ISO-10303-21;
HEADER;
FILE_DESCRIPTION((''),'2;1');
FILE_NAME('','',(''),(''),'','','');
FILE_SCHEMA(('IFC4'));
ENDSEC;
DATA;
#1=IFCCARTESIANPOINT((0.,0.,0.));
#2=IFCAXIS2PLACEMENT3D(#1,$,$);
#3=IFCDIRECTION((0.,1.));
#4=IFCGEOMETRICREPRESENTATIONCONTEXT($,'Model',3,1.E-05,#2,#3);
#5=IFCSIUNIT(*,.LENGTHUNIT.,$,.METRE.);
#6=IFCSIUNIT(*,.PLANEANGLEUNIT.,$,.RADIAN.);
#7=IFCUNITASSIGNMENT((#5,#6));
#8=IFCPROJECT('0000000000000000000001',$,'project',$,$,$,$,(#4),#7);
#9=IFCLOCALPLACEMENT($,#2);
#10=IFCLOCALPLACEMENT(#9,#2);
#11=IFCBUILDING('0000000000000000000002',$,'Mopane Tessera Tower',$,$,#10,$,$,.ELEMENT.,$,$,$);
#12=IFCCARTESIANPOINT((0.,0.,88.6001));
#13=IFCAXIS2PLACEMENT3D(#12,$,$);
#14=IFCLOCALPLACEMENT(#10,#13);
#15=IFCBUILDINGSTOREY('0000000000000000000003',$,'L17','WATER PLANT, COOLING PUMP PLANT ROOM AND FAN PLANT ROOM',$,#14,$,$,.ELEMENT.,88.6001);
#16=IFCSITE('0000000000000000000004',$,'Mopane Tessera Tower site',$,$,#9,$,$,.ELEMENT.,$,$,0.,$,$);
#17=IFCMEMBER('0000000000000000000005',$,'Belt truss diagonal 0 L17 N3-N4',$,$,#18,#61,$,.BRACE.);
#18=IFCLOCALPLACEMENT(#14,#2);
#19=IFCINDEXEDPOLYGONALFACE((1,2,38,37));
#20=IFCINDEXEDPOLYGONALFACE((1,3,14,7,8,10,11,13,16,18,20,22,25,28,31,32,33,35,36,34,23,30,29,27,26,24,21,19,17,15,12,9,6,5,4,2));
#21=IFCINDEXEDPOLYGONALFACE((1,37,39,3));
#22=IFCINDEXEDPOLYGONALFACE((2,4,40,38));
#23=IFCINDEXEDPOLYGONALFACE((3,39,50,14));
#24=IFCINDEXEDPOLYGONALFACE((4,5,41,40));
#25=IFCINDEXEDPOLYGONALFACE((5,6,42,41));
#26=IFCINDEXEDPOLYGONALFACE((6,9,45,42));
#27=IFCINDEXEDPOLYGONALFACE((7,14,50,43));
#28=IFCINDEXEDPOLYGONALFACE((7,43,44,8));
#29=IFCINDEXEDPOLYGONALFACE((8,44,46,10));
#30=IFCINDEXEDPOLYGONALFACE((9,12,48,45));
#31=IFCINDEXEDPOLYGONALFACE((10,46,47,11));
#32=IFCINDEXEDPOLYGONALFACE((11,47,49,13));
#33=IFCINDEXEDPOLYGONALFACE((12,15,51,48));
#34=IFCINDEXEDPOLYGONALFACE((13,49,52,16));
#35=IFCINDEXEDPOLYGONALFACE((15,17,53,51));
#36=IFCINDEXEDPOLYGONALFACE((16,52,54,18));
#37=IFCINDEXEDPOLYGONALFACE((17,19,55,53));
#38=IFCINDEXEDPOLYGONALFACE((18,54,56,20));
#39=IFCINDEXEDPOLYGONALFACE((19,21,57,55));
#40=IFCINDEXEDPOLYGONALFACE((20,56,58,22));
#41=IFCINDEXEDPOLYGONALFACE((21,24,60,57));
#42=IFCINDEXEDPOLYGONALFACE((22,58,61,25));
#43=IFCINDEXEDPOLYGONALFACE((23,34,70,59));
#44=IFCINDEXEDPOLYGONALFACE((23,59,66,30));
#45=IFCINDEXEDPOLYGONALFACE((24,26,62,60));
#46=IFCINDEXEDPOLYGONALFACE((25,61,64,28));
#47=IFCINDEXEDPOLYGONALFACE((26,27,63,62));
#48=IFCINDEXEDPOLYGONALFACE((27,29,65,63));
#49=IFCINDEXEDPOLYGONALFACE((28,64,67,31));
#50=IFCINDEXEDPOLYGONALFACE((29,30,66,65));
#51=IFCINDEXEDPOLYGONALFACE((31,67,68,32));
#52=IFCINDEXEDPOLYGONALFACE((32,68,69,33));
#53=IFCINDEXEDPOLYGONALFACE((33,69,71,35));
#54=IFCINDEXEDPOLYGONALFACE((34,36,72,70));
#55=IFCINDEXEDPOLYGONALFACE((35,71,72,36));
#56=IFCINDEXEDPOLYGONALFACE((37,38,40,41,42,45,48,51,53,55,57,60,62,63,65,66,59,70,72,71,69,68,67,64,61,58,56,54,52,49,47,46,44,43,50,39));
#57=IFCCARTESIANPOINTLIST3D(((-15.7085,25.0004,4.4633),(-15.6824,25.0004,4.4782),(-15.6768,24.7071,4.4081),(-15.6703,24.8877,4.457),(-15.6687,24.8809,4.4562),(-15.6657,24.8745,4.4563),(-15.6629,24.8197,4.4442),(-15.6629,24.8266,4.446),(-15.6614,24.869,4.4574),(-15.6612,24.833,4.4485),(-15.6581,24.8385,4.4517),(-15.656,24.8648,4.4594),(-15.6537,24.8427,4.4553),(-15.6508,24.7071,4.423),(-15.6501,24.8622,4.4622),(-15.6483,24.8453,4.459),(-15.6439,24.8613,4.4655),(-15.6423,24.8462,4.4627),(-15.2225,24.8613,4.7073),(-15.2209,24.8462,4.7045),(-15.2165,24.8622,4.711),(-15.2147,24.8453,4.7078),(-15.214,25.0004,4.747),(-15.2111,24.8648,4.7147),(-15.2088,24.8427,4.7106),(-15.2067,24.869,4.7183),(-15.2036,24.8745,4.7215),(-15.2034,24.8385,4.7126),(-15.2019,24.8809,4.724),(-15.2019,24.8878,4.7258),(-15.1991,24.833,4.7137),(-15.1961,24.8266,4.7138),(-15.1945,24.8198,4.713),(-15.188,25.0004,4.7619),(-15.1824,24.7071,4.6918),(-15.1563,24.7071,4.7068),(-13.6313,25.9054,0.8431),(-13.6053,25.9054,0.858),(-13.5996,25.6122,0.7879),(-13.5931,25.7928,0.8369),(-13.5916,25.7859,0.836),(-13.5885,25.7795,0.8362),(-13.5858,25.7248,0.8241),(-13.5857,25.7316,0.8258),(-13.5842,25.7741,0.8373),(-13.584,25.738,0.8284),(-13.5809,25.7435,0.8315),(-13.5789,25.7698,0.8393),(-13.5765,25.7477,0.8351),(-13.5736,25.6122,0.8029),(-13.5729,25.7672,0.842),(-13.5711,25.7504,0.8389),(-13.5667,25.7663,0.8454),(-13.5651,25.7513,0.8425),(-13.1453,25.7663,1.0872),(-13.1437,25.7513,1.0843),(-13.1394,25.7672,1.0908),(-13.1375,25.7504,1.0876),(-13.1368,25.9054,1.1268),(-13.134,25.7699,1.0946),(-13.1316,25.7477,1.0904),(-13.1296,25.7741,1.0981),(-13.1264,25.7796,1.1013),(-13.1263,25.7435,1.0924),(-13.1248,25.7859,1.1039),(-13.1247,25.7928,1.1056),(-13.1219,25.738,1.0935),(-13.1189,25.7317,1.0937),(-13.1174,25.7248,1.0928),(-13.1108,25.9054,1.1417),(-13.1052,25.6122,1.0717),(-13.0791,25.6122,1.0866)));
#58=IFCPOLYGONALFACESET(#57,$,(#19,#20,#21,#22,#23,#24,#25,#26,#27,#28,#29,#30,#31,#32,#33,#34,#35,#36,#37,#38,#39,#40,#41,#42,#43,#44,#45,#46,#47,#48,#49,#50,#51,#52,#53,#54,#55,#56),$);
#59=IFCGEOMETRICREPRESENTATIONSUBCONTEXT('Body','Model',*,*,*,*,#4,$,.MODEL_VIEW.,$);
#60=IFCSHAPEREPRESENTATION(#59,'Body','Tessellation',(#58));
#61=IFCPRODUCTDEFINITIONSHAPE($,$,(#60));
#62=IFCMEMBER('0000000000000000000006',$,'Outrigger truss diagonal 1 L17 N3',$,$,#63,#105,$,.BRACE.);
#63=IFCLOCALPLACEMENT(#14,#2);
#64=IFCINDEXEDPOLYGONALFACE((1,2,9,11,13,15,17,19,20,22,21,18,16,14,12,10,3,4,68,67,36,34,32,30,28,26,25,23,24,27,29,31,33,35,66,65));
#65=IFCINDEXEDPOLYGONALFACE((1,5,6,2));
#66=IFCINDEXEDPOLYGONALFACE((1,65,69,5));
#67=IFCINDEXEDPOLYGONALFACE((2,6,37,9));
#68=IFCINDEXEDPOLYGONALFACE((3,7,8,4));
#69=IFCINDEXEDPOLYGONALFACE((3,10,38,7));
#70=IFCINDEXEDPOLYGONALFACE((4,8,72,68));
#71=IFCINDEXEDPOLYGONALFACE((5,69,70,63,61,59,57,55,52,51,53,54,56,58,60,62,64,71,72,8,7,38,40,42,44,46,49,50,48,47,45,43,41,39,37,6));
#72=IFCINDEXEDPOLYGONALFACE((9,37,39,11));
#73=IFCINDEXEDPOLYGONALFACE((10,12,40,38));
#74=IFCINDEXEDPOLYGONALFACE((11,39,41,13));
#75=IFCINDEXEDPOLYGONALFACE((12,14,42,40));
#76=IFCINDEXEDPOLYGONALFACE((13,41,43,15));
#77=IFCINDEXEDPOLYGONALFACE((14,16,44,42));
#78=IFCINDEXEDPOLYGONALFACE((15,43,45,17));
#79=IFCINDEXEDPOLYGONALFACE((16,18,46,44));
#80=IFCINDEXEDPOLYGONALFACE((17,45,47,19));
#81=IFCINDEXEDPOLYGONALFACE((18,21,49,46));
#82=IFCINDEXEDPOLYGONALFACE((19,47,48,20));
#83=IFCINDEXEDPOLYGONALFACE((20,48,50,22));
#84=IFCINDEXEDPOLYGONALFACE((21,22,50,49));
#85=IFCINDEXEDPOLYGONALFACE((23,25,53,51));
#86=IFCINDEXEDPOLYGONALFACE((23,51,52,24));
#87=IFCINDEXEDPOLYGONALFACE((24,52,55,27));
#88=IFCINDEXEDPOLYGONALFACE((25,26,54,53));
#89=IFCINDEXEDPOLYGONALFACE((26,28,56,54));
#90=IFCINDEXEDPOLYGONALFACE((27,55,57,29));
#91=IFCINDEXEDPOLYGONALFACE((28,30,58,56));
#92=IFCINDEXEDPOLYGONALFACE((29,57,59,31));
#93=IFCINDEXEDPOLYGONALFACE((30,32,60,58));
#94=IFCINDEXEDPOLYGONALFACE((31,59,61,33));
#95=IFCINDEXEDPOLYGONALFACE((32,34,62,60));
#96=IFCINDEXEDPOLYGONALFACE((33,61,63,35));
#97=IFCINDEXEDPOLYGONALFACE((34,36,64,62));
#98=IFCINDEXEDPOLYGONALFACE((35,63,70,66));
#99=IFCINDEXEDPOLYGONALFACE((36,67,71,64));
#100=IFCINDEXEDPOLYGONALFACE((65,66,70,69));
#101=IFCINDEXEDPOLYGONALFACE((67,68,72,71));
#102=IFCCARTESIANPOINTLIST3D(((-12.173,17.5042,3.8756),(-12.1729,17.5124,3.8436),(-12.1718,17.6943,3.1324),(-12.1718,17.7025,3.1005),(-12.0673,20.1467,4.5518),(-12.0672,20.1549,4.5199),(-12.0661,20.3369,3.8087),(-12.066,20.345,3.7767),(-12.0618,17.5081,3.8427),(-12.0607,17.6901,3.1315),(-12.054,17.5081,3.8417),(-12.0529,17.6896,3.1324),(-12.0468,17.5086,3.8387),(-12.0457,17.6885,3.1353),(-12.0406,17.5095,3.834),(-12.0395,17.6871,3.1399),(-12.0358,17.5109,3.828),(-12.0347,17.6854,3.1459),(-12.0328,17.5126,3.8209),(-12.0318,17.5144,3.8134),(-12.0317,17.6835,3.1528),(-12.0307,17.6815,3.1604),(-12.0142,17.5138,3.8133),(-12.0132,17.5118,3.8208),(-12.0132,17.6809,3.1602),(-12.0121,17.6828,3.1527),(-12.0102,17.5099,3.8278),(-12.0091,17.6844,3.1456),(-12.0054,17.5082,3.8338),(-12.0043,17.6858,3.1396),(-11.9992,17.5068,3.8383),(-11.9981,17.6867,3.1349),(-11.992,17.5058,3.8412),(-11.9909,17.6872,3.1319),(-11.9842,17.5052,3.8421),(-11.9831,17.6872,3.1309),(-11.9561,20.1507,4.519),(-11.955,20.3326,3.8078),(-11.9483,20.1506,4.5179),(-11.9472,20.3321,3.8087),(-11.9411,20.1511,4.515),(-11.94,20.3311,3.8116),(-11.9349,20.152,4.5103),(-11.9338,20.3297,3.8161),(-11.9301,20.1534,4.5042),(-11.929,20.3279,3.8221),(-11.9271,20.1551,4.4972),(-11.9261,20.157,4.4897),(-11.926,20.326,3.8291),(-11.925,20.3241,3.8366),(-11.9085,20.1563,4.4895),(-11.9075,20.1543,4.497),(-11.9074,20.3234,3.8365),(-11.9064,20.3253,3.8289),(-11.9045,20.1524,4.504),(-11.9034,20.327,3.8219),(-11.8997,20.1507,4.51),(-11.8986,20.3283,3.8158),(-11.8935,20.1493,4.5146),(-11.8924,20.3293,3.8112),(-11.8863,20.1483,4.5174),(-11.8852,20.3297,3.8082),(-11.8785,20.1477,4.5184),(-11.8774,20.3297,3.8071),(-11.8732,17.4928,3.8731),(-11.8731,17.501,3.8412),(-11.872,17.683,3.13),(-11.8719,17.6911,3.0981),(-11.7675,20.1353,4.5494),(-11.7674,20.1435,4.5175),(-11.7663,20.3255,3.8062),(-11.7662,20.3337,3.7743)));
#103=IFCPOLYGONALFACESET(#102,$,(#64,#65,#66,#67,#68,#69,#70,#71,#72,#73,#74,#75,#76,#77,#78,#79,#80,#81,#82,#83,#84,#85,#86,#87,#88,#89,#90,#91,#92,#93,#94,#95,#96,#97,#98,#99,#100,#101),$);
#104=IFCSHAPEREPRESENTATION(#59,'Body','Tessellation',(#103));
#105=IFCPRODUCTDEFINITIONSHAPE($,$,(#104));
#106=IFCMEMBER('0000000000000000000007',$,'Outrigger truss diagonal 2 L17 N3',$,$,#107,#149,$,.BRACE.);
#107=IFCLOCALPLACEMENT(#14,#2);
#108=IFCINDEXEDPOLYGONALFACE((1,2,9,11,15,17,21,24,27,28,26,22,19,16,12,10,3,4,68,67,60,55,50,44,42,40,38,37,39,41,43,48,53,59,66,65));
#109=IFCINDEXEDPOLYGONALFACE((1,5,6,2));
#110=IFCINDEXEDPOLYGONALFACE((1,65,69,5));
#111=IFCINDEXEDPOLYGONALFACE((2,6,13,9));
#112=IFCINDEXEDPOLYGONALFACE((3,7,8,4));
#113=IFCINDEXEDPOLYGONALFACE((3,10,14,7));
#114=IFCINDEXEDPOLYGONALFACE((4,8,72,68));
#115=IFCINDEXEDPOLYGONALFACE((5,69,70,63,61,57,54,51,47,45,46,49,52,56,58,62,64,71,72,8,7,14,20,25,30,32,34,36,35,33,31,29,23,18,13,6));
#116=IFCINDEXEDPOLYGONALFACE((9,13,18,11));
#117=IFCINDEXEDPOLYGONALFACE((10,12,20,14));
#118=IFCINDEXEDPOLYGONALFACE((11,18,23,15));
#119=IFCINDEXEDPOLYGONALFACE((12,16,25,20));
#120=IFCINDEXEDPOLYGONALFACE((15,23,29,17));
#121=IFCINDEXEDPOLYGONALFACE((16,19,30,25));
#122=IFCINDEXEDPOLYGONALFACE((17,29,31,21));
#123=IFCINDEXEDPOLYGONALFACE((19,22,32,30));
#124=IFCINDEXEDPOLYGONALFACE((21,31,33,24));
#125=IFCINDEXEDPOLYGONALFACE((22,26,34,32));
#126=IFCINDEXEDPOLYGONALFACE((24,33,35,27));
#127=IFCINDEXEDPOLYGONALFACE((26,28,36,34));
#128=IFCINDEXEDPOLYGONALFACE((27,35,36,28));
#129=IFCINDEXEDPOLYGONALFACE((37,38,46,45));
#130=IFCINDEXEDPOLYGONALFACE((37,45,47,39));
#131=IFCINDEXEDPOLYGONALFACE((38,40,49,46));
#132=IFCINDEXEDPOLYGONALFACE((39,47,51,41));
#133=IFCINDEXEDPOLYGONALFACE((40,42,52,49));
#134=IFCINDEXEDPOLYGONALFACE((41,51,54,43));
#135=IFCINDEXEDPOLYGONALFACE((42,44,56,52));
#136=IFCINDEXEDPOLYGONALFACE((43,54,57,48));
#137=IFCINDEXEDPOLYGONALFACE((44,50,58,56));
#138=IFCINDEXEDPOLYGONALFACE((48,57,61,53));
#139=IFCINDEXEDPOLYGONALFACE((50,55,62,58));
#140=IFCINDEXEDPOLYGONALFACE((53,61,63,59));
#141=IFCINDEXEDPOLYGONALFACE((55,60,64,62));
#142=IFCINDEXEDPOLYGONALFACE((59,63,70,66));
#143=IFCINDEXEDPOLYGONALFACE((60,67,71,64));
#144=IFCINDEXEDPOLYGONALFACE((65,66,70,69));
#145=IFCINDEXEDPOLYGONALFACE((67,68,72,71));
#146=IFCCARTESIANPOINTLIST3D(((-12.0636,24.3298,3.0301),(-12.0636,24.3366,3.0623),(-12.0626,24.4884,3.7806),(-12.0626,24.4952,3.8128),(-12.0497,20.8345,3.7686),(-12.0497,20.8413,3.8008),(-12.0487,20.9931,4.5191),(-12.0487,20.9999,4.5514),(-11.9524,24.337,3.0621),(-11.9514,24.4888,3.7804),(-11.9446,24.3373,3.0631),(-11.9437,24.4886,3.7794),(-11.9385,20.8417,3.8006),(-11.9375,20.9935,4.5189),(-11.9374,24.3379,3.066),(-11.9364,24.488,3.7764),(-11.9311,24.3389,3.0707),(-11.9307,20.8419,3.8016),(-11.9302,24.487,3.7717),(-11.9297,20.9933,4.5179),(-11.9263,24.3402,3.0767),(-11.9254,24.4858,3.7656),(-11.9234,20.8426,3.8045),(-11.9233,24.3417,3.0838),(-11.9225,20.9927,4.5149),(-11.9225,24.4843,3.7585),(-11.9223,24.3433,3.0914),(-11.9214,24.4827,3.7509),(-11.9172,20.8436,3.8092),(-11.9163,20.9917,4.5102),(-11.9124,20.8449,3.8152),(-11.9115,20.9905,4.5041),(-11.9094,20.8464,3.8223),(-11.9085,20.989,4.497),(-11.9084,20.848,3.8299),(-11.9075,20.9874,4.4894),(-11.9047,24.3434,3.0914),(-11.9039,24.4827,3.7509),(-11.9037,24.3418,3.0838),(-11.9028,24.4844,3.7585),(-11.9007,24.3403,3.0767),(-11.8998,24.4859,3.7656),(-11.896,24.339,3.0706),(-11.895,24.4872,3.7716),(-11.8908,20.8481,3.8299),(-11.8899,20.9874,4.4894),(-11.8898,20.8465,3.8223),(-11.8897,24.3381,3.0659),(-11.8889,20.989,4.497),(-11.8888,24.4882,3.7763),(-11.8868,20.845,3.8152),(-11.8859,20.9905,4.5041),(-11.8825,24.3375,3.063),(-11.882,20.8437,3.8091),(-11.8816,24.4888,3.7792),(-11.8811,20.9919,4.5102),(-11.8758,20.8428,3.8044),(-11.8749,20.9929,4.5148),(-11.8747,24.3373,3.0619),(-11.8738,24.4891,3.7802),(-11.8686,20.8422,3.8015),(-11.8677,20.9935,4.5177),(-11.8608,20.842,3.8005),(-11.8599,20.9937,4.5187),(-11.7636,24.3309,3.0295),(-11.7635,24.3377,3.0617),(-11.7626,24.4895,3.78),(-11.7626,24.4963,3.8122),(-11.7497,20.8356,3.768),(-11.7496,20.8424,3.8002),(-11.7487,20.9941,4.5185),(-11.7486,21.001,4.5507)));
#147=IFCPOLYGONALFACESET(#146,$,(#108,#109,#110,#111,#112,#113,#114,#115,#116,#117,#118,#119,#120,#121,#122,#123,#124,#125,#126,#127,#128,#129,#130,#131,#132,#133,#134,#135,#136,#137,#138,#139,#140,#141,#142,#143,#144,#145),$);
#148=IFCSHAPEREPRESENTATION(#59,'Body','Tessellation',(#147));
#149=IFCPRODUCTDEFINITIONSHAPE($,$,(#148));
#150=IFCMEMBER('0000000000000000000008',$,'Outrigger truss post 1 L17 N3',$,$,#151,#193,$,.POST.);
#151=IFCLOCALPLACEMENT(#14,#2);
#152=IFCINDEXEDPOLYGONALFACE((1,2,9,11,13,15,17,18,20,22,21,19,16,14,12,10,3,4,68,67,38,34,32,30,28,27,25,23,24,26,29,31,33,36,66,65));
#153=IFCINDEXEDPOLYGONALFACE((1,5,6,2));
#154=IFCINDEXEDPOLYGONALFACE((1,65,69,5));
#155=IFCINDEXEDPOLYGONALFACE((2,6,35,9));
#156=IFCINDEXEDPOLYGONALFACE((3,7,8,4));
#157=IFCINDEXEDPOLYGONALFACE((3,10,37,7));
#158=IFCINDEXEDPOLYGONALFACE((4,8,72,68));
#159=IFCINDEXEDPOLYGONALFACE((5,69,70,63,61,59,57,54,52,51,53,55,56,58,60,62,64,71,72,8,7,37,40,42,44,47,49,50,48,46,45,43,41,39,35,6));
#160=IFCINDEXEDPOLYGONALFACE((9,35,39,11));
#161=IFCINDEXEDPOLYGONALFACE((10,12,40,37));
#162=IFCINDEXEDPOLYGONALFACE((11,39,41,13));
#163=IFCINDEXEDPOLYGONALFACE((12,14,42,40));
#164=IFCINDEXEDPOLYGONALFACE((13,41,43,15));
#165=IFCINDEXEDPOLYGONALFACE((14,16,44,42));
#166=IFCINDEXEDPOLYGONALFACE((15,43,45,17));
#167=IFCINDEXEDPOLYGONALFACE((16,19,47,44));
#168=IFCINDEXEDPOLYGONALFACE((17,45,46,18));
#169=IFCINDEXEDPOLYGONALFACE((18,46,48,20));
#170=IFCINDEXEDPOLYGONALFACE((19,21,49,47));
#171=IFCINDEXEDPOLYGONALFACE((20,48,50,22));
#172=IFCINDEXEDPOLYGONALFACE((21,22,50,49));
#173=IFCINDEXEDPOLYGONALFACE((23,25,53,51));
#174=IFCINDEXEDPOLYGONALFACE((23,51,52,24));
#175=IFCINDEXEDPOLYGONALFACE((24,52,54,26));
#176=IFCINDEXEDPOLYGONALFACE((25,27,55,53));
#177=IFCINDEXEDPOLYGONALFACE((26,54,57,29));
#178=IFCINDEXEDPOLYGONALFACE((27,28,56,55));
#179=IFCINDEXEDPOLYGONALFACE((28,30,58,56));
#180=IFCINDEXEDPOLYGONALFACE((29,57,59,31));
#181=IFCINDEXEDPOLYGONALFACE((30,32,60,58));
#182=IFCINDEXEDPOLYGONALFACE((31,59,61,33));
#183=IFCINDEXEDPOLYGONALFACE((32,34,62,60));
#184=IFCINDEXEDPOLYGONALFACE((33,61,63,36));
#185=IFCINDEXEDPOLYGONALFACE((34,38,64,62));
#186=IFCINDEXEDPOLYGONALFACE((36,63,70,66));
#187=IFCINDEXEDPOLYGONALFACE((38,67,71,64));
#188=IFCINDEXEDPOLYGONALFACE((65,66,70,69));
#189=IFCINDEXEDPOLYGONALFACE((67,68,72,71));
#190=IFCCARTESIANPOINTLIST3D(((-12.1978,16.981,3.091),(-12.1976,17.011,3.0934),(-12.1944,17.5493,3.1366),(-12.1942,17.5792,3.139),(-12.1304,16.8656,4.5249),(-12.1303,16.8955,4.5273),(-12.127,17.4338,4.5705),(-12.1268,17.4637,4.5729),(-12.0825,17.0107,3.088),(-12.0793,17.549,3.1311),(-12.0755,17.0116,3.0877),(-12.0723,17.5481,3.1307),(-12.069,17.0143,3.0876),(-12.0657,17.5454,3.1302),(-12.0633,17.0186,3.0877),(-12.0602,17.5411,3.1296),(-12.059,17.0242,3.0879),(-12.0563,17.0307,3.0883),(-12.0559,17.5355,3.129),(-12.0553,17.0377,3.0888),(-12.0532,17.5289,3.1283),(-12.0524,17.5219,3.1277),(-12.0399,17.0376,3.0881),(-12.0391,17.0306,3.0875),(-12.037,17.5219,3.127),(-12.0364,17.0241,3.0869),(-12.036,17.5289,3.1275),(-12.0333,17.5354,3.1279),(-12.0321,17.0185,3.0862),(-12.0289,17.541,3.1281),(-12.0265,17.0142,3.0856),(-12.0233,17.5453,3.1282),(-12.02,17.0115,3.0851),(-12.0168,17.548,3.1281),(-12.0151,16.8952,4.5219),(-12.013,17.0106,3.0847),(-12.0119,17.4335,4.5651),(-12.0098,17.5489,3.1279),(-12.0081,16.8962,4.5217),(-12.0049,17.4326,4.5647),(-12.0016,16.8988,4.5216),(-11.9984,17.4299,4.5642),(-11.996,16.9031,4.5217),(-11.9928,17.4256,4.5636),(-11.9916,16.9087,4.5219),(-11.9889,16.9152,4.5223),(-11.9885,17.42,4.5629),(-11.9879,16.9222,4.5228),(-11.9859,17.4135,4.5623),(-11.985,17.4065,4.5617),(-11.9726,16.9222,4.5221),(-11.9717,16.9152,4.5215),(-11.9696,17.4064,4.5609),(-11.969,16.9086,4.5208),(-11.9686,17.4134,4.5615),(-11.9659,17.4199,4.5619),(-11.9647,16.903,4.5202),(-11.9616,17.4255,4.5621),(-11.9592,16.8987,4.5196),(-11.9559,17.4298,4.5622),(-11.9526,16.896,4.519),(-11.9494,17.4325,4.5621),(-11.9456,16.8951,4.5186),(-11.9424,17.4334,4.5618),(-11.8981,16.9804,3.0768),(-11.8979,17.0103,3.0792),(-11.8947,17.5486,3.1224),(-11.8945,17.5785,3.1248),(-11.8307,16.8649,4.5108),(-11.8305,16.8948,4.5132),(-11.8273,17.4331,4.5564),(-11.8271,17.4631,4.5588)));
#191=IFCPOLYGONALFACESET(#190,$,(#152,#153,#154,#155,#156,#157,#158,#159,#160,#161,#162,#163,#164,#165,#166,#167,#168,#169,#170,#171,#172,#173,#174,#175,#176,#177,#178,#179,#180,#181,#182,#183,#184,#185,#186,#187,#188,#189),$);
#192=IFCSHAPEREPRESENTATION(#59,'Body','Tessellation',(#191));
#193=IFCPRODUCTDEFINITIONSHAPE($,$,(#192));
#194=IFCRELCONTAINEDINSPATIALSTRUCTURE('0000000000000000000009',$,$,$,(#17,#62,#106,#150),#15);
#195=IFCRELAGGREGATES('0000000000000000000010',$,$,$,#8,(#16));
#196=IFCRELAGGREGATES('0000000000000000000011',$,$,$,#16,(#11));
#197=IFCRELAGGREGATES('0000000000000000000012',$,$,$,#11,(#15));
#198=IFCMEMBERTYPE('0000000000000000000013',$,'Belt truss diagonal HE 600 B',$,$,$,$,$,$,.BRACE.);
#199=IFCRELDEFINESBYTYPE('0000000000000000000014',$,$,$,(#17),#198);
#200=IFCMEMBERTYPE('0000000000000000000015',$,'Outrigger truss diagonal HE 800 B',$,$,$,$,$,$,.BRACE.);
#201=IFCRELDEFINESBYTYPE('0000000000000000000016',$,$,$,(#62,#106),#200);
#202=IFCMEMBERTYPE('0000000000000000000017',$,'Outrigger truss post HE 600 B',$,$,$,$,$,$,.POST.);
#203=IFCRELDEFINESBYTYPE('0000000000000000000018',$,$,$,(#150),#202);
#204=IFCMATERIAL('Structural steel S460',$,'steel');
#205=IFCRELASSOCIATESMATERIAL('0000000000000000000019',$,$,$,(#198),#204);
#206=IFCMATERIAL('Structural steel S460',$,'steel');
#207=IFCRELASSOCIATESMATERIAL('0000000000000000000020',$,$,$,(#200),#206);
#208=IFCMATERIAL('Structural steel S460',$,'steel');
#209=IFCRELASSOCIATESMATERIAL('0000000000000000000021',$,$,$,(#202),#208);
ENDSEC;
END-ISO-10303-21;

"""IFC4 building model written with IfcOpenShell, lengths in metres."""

from ifc_helpers import new_model, si_unit, direction, frame, origin, origin_2d, place, context, subcontext, project, spatial, i_section, extrude, material, material_profile, profile_set, type_object, element, save


model = new_model("IFC4")

# Units and contexts
model_context = context("Model", 3, precision=1e-05, world=origin(), true_north=direction((0.0, 1.0)))
body_context = subcontext(model_context, "Body", "Model", "MODEL_VIEW")
ifc_project = project(units=[si_unit("LENGTHUNIT", "METRE"), si_unit("PLANEANGLEUNIT", "RADIAN")], contexts=[model_context])

# Site, building, storey
site_placement = place(None, origin())
site = spatial("IfcSite", under=ifc_project, at=site_placement, Name="Mopane Tessera Tower site", CompositionType="ELEMENT", RefElevation=0.0)
building_placement = place(site_placement, origin())
building = spatial("IfcBuilding", under=site, at=building_placement, Name="Mopane Tessera Tower", CompositionType="ELEMENT")
storey_placement = place(building_placement, frame((0.0, 0.0, 88.6001)))
storey = spatial("IfcBuildingStorey", under=building, at=storey_placement, Name="L17", Description="WATER PLANT, COOLING PUMP PLANT ROOM AND FAN PLANT ROOM", CompositionType="ELEMENT", Elevation=88.6001)

# Members
ifc_material_1 = material(Name="Structural steel S460", Category="steel")
ifc_material_profile_1 = material_profile(ifc_material_1, i_section(OverallWidth=0.3, OverallDepth=0.6001, WebThickness=0.0154, FlangeThickness=0.03, FilletRadius=0.0271, at=origin_2d()))
ifc_profile_set_1 = profile_set([ifc_material_profile_1], Name="Structural steel S460")
member_type_1 = type_object("IfcMemberType", Name="Belt truss diagonal HE 600 B", PredefinedType="BRACE", material=ifc_profile_set_1)
member_1_placement = place(storey_placement, frame((-13.3552, 25.7588, 0.9648), z_axis=(-0.486372, -0.211916, 0.847664), x_axis=(0.105492, -0.977288, -0.183793)))
element("IfcMember", 1, at=member_1_placement, inside=storey, type_object=member_type_1, Name="Belt truss diagonal 0 L17 N3-N4", PredefinedType="BRACE", context=body_context, shape_type="SweptSolid", body=[
    extrude(i_section(OverallWidth=0.3, OverallDepth=0.6001, WebThickness=0.0154, FlangeThickness=0.03, FilletRadius=0.0271, at=origin_2d()), origin(), (0.0, 0.0, 1.0), 4.2708),
])
ifc_material_2 = material(Name="Structural steel S460", Category="steel")
ifc_material_profile_2 = material_profile(ifc_material_2, i_section(OverallWidth=0.3, OverallDepth=0.8, WebThickness=0.0176, FlangeThickness=0.033, FilletRadius=0.03, at=origin_2d()))
ifc_profile_set_2 = profile_set([ifc_material_profile_2], Name="Structural steel S460")
member_type_2 = type_object("IfcMemberType", Name="Outrigger truss diagonal HE 800 B", PredefinedType="BRACE", material=ifc_profile_set_2)
member_2_placement = place(storey_placement, frame((-12.0225, 17.5977, 3.4868), z_axis=(0.038726, 0.968053, 0.247737), x_axis=(-0.999249, 0.037899, 0.008108)))
element("IfcMember", 2, at=member_2_placement, inside=storey, type_object=member_type_2, Name="Outrigger truss diagonal 1 L17 N3", PredefinedType="BRACE", context=body_context, shape_type="SweptSolid", body=[
    extrude(i_section(OverallWidth=0.3, OverallDepth=0.8, WebThickness=0.0176, FlangeThickness=0.033, FilletRadius=0.03, at=origin_2d()), origin(), (0.0, 0.0, 1.0), 2.7297),
])
member_3_placement = place(storey_placement, frame((-11.8992, 20.9177, 4.1597), z_axis=(-0.003895, 0.978392, -0.206722), x_axis=(-0.999992, -0.003547, 0.002057)))
element("IfcMember", 3, at=member_3_placement, inside=storey, type_object=member_type_2, Name="Outrigger truss diagonal 2 L17 N3", PredefinedType="BRACE", context=body_context, shape_type="SweptSolid", body=[
    extrude(i_section(OverallWidth=0.3, OverallDepth=0.8, WebThickness=0.0176, FlangeThickness=0.033, FilletRadius=0.03, at=origin_2d()), origin(), (0.0, 0.0, 1.0), 3.5725),
])
ifc_material_3 = material(Name="Structural steel S460", Category="steel")
ifc_material_profile_3 = material_profile(ifc_material_3, i_section(OverallWidth=0.3, OverallDepth=0.6001, WebThickness=0.0154, FlangeThickness=0.03, FilletRadius=0.0271, at=origin_2d()))
ifc_profile_set_3 = profile_set([ifc_material_profile_3], Name="Structural steel S460")
member_type_3 = type_object("IfcMemberType", Name="Outrigger truss post HE 600 B", PredefinedType="POST", material=ifc_profile_set_3)
member_4_placement = place(storey_placement, frame((-12.0461, 17.2798, 3.1079), z_axis=(0.046784, -0.080177, 0.995682), x_axis=(-0.998887, 0.002281, 0.047118)))
element("IfcMember", 4, at=member_4_placement, inside=storey, type_object=member_type_3, Name="Outrigger truss post 1 L17 N3", PredefinedType="POST", context=body_context, shape_type="SweptSolid", body=[
    extrude(i_section(OverallWidth=0.3, OverallDepth=0.6001, WebThickness=0.0154, FlangeThickness=0.03, FilletRadius=0.0271, at=origin_2d()), origin(), (0.0, 0.0, 1.0), 1.4402),
])

save(model, "model.ifc")
